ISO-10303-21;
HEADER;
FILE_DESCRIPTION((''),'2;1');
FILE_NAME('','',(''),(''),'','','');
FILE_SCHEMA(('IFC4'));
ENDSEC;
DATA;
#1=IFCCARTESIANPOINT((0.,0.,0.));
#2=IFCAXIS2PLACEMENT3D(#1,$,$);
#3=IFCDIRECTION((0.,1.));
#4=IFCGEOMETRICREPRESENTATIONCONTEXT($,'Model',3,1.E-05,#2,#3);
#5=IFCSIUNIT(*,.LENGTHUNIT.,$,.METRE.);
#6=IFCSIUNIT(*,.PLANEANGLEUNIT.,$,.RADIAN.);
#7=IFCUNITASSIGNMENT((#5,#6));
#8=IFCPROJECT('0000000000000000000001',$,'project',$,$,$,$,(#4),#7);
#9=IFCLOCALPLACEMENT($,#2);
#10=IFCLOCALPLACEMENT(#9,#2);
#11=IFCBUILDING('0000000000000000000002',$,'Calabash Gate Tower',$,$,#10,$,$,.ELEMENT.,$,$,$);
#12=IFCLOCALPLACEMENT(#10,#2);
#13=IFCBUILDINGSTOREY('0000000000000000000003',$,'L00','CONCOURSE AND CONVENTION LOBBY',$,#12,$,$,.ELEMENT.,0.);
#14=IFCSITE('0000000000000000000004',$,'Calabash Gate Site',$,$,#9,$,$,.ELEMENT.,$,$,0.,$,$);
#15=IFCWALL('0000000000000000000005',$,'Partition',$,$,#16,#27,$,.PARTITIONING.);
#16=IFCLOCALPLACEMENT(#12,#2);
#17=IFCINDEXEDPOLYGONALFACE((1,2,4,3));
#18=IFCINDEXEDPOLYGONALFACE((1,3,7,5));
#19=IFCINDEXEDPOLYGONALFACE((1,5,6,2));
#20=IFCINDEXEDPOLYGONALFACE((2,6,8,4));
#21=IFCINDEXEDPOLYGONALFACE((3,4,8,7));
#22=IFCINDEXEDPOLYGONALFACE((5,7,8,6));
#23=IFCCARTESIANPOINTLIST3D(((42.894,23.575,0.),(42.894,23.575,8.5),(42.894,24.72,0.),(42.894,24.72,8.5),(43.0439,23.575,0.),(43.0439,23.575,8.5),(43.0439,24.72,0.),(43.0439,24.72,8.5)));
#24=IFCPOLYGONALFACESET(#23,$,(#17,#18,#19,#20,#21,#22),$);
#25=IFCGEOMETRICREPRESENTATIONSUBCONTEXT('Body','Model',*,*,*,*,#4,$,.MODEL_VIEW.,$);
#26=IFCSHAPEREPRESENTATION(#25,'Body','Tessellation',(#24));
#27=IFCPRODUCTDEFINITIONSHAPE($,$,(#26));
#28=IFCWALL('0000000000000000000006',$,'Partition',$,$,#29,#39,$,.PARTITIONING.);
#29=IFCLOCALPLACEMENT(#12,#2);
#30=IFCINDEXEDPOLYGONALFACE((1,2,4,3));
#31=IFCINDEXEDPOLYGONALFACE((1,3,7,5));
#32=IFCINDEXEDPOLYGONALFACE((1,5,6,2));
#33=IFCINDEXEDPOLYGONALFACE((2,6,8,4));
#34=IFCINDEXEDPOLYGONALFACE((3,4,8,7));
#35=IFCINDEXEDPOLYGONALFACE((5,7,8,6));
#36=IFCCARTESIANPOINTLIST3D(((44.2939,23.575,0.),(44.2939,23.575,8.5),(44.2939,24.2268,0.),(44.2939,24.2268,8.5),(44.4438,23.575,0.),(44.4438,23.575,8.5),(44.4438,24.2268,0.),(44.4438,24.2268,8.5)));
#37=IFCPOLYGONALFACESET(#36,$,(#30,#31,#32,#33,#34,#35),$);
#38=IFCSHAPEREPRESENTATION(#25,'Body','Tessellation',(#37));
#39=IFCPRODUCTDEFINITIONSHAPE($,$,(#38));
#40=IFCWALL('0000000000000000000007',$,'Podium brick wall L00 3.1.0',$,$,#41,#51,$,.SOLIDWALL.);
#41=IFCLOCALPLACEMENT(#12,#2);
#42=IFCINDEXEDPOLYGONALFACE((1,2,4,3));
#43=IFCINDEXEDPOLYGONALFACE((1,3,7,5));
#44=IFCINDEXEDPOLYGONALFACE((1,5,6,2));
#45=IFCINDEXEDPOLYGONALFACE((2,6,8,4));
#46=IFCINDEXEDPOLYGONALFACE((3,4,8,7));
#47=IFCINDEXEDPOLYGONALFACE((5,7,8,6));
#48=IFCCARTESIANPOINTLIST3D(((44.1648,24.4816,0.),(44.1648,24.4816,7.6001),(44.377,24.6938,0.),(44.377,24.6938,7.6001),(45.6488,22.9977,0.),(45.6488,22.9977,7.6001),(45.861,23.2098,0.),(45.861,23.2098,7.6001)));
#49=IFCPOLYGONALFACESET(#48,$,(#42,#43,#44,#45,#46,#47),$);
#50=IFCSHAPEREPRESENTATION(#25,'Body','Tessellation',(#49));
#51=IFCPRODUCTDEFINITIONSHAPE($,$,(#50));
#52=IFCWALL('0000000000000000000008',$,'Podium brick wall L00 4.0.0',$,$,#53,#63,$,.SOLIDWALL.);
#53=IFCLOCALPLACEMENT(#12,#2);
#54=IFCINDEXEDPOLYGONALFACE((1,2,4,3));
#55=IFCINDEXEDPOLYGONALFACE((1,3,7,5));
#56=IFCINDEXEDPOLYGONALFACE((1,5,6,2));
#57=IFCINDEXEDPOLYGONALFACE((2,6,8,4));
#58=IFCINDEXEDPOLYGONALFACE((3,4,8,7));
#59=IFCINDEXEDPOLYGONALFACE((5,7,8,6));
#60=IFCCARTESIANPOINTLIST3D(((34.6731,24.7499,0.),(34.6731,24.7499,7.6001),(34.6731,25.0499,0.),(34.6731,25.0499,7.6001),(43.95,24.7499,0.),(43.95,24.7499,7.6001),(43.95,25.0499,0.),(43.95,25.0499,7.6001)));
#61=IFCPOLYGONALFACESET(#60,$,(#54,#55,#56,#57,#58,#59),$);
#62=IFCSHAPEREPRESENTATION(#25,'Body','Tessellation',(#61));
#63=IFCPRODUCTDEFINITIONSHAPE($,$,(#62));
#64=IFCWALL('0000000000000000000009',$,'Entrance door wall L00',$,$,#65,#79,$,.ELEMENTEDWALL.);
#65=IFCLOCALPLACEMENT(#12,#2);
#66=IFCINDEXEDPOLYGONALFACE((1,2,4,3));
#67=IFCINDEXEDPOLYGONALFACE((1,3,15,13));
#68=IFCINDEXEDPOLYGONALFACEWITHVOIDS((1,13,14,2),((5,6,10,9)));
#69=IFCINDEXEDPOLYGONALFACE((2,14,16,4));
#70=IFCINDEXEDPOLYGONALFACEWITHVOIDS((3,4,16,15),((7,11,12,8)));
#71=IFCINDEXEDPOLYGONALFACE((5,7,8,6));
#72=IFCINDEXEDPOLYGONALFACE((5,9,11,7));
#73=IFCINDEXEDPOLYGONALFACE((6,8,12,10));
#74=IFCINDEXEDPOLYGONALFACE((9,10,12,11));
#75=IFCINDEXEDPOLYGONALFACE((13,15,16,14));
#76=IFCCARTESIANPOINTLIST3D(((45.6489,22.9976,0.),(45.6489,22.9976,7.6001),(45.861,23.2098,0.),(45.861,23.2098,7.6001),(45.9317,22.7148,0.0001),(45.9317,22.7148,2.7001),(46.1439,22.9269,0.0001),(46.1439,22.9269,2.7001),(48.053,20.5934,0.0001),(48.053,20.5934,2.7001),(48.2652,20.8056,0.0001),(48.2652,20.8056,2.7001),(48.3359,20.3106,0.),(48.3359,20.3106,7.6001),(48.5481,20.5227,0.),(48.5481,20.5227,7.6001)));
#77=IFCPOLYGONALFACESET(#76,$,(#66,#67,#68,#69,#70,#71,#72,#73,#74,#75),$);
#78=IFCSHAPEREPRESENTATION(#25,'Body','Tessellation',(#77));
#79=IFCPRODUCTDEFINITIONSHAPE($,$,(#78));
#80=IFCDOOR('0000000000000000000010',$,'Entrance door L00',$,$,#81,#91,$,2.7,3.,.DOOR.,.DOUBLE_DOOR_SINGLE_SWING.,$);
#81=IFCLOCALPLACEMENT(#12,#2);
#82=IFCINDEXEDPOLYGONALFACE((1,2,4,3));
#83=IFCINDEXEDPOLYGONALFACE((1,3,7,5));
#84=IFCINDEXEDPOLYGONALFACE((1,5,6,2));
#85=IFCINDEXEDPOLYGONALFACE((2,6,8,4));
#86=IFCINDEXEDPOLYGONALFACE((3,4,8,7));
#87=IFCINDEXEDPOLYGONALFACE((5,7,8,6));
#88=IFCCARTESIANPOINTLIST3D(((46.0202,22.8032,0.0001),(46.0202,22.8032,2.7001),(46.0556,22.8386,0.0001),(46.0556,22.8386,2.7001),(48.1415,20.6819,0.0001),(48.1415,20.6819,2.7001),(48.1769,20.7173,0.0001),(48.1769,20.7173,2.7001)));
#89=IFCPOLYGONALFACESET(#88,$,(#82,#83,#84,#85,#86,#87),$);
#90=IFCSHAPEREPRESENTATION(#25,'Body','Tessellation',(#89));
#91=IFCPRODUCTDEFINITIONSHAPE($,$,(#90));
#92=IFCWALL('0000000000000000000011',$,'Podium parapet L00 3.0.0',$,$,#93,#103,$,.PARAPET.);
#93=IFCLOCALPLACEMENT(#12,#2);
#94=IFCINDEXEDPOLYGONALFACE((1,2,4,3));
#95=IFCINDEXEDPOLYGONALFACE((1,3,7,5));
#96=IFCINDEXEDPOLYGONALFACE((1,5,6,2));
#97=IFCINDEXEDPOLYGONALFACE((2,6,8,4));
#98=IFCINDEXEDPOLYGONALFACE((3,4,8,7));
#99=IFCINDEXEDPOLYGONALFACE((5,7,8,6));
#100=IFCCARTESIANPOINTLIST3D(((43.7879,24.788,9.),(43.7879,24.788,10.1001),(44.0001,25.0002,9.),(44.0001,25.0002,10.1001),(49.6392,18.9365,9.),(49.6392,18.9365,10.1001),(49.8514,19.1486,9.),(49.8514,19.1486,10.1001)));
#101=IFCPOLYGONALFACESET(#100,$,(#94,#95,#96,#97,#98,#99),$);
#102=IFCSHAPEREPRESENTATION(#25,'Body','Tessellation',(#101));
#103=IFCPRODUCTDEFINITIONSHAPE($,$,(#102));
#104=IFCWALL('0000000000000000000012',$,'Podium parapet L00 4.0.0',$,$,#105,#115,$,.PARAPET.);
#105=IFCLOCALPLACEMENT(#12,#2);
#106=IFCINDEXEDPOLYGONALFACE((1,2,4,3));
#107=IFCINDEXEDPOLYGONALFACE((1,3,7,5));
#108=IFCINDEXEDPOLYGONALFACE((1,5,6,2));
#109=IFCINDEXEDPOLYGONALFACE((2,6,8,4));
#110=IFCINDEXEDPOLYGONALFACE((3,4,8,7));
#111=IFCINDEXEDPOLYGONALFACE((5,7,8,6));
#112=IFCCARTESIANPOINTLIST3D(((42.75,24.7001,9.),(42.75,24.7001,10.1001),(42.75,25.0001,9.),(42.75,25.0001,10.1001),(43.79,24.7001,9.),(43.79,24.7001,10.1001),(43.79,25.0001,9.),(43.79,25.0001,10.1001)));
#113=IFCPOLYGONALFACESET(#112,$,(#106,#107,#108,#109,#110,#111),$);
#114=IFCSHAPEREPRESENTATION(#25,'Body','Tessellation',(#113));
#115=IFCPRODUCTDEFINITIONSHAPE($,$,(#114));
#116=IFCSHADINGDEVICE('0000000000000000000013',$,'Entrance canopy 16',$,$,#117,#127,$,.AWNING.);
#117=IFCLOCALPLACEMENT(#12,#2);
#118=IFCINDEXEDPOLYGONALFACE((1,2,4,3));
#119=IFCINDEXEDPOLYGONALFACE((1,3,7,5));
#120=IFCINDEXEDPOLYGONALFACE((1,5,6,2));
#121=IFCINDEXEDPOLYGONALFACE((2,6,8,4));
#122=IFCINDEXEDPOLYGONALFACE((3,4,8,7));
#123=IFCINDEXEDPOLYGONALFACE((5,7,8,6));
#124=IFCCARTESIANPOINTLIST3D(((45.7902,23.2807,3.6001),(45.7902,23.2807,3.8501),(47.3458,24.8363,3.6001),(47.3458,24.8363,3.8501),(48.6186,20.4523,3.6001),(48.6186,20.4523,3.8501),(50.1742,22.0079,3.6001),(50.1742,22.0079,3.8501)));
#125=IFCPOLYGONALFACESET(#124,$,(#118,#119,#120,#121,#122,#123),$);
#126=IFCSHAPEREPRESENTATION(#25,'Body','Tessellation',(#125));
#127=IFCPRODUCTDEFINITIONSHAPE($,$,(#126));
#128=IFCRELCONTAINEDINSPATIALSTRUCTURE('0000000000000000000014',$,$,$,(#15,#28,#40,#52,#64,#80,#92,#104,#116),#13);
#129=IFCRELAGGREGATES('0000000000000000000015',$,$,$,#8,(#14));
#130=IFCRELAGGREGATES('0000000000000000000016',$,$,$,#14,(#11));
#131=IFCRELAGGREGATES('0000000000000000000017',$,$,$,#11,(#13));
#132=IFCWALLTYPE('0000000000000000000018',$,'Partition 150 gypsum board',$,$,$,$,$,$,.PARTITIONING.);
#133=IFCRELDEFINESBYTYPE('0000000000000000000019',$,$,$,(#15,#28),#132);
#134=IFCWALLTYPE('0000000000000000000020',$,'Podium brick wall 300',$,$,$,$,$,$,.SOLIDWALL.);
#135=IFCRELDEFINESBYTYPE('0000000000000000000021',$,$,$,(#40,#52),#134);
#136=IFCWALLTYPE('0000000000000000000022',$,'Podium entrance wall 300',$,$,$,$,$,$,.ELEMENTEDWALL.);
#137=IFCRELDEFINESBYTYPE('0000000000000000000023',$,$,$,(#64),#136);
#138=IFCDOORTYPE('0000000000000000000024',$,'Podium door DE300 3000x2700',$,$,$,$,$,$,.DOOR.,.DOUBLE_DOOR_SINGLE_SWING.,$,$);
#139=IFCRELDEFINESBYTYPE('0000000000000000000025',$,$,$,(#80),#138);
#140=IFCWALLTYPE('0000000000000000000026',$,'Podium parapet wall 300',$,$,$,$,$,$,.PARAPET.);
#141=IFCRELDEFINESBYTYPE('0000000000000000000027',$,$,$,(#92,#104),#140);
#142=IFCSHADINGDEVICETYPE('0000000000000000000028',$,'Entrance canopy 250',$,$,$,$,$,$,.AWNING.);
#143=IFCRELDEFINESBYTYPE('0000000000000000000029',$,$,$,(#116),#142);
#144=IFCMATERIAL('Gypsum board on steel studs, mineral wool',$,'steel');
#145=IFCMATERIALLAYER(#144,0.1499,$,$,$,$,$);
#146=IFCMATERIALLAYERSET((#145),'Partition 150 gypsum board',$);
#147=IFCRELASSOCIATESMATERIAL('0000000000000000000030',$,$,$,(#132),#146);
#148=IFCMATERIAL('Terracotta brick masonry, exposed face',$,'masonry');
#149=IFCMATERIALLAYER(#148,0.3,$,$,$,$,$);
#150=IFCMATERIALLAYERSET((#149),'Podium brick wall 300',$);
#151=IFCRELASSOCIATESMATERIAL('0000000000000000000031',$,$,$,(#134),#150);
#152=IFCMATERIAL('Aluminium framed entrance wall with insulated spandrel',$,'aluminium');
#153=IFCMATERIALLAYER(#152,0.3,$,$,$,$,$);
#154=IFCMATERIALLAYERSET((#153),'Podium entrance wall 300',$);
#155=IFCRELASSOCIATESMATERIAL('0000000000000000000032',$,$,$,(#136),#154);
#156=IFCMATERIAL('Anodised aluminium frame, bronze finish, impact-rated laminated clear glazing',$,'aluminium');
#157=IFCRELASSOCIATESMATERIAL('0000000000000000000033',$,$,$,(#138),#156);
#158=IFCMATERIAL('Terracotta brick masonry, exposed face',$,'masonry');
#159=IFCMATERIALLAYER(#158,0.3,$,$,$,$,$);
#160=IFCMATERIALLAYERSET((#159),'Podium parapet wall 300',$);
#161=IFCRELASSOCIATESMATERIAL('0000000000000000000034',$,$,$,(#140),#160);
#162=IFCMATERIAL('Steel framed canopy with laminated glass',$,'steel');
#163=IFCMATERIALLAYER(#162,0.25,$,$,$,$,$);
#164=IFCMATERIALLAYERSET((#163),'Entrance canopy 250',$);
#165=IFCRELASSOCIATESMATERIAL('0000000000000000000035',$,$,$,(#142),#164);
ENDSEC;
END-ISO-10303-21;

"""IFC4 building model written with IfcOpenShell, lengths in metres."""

from ifc_helpers import new_model, si_unit, direction, frame, frame_2d, origin, origin_2d, place, context, subcontext, project, spatial, rectangle, extrude, material, layer, layer_set, type_object, element, fill, save


model = new_model("IFC4")

# Units and contexts
model_context = context("Model", 3, precision=1e-05, world=origin(), true_north=direction((0.0, 1.0)))
body_context = subcontext(model_context, "Body", "Model", "MODEL_VIEW")
ifc_project = project(units=[si_unit("LENGTHUNIT", "METRE"), si_unit("PLANEANGLEUNIT", "RADIAN")], contexts=[model_context])

# Site, building, storey
site_placement = place(None, origin())
site = spatial("IfcSite", under=ifc_project, at=site_placement, Name="Calabash Gate Site", CompositionType="ELEMENT", RefElevation=0.0)
building_placement = place(site_placement, origin())
building = spatial("IfcBuilding", under=site, at=building_placement, Name="Calabash Gate Tower", CompositionType="ELEMENT")
storey_placement = place(building_placement, origin())
storey = spatial("IfcBuildingStorey", under=building, at=storey_placement, Name="L00", Description="CONCOURSE AND CONVENTION LOBBY", CompositionType="ELEMENT", Elevation=0.0)

# Walls
ifc_material_1 = material(Name="Gypsum board on steel studs, mineral wool", Category="steel")
ifc_layer_1 = layer(ifc_material_1, 0.1499)
ifc_layer_set_1 = layer_set([ifc_layer_1], Name="Partition 150 gypsum board")
wall_type_1 = type_object("IfcWallType", Name="Partition 150 gypsum board", PredefinedType="PARTITIONING", material=ifc_layer_set_1)
wall_1_placement = place(storey_placement, frame((42.969, 23.575, 0.0), z_axis=(0.0, 0.0, 1.0), x_axis=(0.0, 1.0, 0.0)))
element("IfcWall", 1, at=wall_1_placement, inside=storey, type_object=wall_type_1, Name="Partition", PredefinedType="PARTITIONING", context=body_context, shape_type="SweptSolid", body=[
    extrude(rectangle(XDim=1.145, YDim=0.1499, at=frame_2d((0.5725, 0.0))), origin(), (0.0, 0.0, 1.0), 8.5),
])
wall_2_placement = place(storey_placement, frame((44.3689, 23.575, 0.0), z_axis=(0.0, 0.0, 1.0), x_axis=(0.0, 1.0, 0.0)))
element("IfcWall", 2, at=wall_2_placement, inside=storey, type_object=wall_type_1, Name="Partition", PredefinedType="PARTITIONING", context=body_context, shape_type="SweptSolid", body=[
    extrude(rectangle(XDim=0.6519, YDim=0.1499, at=frame_2d((0.3259, 0.0))), origin(), (0.0, 0.0, 1.0), 8.5),
])
ifc_material_2 = material(Name="Terracotta brick masonry, exposed face", Category="masonry")
ifc_layer_2 = layer(ifc_material_2, 0.3)
ifc_layer_set_2 = layer_set([ifc_layer_2], Name="Podium brick wall 300")
wall_type_2 = type_object("IfcWallType", Name="Podium brick wall 300", PredefinedType="SOLIDWALL", material=ifc_layer_set_2)
wall_3_placement = place(storey_placement, frame((45.7549, 23.1038, 0.0), z_axis=(0.0, 0.0, 1.0), x_axis=(-0.707107, 0.707107, 0.0)))
element("IfcWall", 3, at=wall_3_placement, inside=storey, type_object=wall_type_2, Name="Podium brick wall L00 3.1.0", PredefinedType="SOLIDWALL", context=body_context, shape_type="SweptSolid", body=[
    extrude(rectangle(XDim=2.0986, YDim=0.3, at=frame_2d((1.0493, 0.0))), origin(), (0.0, 0.0, 1.0), 7.6001),
])
wall_4_placement = place(storey_placement, frame((43.95, 24.8999, 0.0), z_axis=(0.0, 0.0, 1.0), x_axis=(-1.0, 0.0, 0.0)))
element("IfcWall", 4, at=wall_4_placement, inside=storey, type_object=wall_type_2, Name="Podium brick wall L00 4.0.0", PredefinedType="SOLIDWALL", context=body_context, shape_type="SweptSolid", body=[
    extrude(rectangle(XDim=9.2769, YDim=0.3, at=frame_2d((4.6384, 0.0))), origin(), (0.0, 0.0, 1.0), 7.6001),
])

# Wall, opening, door
ifc_material_3 = material(Name="Aluminium framed entrance wall with insulated spandrel", Category="aluminium")
ifc_layer_3 = layer(ifc_material_3, 0.3)
ifc_layer_set_3 = layer_set([ifc_layer_3], Name="Podium entrance wall 300")
wall_type_3 = type_object("IfcWallType", Name="Podium entrance wall 300", PredefinedType="ELEMENTEDWALL", material=ifc_layer_set_3)
wall_5_placement = place(storey_placement, frame((48.4419, 20.4167, 0.0), z_axis=(0.0, 0.0, 1.0), x_axis=(-0.707107, 0.707107, 0.0)))
wall_5 = element("IfcWall", 5, at=wall_5_placement, inside=storey, type_object=wall_type_3, Name="Entrance door wall L00", PredefinedType="ELEMENTEDWALL", context=body_context, shape_type="SweptSolid", body=[
    extrude(rectangle(XDim=3.8, YDim=0.3, at=frame_2d((1.8999, 0.0))), origin(), (0.0, 0.0, 1.0), 7.6001),
])
opening_placement = place(wall_5_placement, frame((0.3999, 0.0, 0.0)))
opening = element("IfcOpeningElement", 6, at=opening_placement, cuts=wall_5, PredefinedType="OPENING", context=body_context, shape_type="SweptSolid", body=[
    extrude(rectangle(XDim=3.0, YDim=2.7, at=frame_2d((1.5, 1.3501))), frame((0.0, 0.1599, 0.0), z_axis=(0.0, -1.0, 0.0), x_axis=(1.0, 0.0, 0.0)), (0.0, 0.0, 1.0), 0.3201),
])
ifc_material_4 = material(Name="Anodised aluminium frame, bronze finish, impact-rated laminated clear glazing", Category="aluminium")
door_type = type_object("IfcDoorType", Name="Podium door DE300 3000x2700", OperationType="DOUBLE_DOOR_SINGLE_SWING", PredefinedType="DOOR", material=ifc_material_4)
door_placement = place(opening_placement, origin())
door = element("IfcDoor", 7, at=door_placement, inside=storey, type_object=door_type, Name="Entrance door L00", OperationType="DOUBLE_DOOR_SINGLE_SWING", OverallHeight=2.7, OverallWidth=3.0, PredefinedType="DOOR", context=body_context, shape_type="SweptSolid", body=[
    extrude(rectangle(XDim=3.0, YDim=2.7, at=frame_2d((1.5, 1.3501))), frame((0.0, 0.0249, 0.0), z_axis=(0.0, -1.0, 0.0), x_axis=(1.0, 0.0, 0.0)), (0.0, 0.0, 1.0), 0.05),
])
fill(opening, door)

# Walls
ifc_material_5 = material(Name="Terracotta brick masonry, exposed face", Category="masonry")
ifc_layer_4 = layer(ifc_material_5, 0.3)
ifc_layer_set_4 = layer_set([ifc_layer_4], Name="Podium parapet wall 300")
wall_type_4 = type_object("IfcWallType", Name="Podium parapet wall 300", PredefinedType="PARAPET", material=ifc_layer_set_4)
wall_6_placement = place(storey_placement, frame((49.7454, 19.0425, 9.0), z_axis=(0.0, 0.0, 1.0), x_axis=(-0.707092, 0.707122, 0.0)))
element("IfcWall", 8, at=wall_6_placement, inside=storey, type_object=wall_type_4, Name="Podium parapet L00 3.0.0", PredefinedType="PARAPET", context=body_context, shape_type="SweptSolid", body=[
    extrude(rectangle(XDim=8.2751, YDim=0.3, at=frame_2d((4.1377, 0.0))), origin(), (0.0, 0.0, 1.0), 1.1001),
])
wall_7_placement = place(storey_placement, frame((43.79, 24.8501, 9.0), z_axis=(0.0, 0.0, 1.0), x_axis=(-1.0, 0.0, 0.0)))
element("IfcWall", 9, at=wall_7_placement, inside=storey, type_object=wall_type_4, Name="Podium parapet L00 4.0.0", PredefinedType="PARAPET", context=body_context, shape_type="SweptSolid", body=[
    extrude(rectangle(XDim=1.04, YDim=0.3, at=frame_2d((0.52, 0.0))), origin(), (0.0, 0.0, 1.0), 1.1001),
])

# Shading device
ifc_material_6 = material(Name="Steel framed canopy with laminated glass", Category="steel")
ifc_layer_5 = layer(ifc_material_6, 0.25)
ifc_layer_set_5 = layer_set([ifc_layer_5], Name="Entrance canopy 250")
shading_device_type = type_object("IfcShadingDeviceType", Name="Entrance canopy 250", PredefinedType="AWNING", material=ifc_layer_set_5)
shading_device_placement = place(storey_placement, frame((47.9822, 22.6443, 3.6001), z_axis=(0.0, 0.0, 1.0), x_axis=(-0.707107, 0.707107, 0.0)))
element("IfcShadingDevice", 10, at=shading_device_placement, inside=storey, type_object=shading_device_type, Name="Entrance canopy 16", PredefinedType="AWNING", context=body_context, shape_type="SweptSolid", body=[
    extrude(rectangle(XDim=4.0, YDim=2.2, at=origin_2d()), origin(), (0.0, 0.0, 1.0), 0.25),
])

save(model, "model.ifc")
